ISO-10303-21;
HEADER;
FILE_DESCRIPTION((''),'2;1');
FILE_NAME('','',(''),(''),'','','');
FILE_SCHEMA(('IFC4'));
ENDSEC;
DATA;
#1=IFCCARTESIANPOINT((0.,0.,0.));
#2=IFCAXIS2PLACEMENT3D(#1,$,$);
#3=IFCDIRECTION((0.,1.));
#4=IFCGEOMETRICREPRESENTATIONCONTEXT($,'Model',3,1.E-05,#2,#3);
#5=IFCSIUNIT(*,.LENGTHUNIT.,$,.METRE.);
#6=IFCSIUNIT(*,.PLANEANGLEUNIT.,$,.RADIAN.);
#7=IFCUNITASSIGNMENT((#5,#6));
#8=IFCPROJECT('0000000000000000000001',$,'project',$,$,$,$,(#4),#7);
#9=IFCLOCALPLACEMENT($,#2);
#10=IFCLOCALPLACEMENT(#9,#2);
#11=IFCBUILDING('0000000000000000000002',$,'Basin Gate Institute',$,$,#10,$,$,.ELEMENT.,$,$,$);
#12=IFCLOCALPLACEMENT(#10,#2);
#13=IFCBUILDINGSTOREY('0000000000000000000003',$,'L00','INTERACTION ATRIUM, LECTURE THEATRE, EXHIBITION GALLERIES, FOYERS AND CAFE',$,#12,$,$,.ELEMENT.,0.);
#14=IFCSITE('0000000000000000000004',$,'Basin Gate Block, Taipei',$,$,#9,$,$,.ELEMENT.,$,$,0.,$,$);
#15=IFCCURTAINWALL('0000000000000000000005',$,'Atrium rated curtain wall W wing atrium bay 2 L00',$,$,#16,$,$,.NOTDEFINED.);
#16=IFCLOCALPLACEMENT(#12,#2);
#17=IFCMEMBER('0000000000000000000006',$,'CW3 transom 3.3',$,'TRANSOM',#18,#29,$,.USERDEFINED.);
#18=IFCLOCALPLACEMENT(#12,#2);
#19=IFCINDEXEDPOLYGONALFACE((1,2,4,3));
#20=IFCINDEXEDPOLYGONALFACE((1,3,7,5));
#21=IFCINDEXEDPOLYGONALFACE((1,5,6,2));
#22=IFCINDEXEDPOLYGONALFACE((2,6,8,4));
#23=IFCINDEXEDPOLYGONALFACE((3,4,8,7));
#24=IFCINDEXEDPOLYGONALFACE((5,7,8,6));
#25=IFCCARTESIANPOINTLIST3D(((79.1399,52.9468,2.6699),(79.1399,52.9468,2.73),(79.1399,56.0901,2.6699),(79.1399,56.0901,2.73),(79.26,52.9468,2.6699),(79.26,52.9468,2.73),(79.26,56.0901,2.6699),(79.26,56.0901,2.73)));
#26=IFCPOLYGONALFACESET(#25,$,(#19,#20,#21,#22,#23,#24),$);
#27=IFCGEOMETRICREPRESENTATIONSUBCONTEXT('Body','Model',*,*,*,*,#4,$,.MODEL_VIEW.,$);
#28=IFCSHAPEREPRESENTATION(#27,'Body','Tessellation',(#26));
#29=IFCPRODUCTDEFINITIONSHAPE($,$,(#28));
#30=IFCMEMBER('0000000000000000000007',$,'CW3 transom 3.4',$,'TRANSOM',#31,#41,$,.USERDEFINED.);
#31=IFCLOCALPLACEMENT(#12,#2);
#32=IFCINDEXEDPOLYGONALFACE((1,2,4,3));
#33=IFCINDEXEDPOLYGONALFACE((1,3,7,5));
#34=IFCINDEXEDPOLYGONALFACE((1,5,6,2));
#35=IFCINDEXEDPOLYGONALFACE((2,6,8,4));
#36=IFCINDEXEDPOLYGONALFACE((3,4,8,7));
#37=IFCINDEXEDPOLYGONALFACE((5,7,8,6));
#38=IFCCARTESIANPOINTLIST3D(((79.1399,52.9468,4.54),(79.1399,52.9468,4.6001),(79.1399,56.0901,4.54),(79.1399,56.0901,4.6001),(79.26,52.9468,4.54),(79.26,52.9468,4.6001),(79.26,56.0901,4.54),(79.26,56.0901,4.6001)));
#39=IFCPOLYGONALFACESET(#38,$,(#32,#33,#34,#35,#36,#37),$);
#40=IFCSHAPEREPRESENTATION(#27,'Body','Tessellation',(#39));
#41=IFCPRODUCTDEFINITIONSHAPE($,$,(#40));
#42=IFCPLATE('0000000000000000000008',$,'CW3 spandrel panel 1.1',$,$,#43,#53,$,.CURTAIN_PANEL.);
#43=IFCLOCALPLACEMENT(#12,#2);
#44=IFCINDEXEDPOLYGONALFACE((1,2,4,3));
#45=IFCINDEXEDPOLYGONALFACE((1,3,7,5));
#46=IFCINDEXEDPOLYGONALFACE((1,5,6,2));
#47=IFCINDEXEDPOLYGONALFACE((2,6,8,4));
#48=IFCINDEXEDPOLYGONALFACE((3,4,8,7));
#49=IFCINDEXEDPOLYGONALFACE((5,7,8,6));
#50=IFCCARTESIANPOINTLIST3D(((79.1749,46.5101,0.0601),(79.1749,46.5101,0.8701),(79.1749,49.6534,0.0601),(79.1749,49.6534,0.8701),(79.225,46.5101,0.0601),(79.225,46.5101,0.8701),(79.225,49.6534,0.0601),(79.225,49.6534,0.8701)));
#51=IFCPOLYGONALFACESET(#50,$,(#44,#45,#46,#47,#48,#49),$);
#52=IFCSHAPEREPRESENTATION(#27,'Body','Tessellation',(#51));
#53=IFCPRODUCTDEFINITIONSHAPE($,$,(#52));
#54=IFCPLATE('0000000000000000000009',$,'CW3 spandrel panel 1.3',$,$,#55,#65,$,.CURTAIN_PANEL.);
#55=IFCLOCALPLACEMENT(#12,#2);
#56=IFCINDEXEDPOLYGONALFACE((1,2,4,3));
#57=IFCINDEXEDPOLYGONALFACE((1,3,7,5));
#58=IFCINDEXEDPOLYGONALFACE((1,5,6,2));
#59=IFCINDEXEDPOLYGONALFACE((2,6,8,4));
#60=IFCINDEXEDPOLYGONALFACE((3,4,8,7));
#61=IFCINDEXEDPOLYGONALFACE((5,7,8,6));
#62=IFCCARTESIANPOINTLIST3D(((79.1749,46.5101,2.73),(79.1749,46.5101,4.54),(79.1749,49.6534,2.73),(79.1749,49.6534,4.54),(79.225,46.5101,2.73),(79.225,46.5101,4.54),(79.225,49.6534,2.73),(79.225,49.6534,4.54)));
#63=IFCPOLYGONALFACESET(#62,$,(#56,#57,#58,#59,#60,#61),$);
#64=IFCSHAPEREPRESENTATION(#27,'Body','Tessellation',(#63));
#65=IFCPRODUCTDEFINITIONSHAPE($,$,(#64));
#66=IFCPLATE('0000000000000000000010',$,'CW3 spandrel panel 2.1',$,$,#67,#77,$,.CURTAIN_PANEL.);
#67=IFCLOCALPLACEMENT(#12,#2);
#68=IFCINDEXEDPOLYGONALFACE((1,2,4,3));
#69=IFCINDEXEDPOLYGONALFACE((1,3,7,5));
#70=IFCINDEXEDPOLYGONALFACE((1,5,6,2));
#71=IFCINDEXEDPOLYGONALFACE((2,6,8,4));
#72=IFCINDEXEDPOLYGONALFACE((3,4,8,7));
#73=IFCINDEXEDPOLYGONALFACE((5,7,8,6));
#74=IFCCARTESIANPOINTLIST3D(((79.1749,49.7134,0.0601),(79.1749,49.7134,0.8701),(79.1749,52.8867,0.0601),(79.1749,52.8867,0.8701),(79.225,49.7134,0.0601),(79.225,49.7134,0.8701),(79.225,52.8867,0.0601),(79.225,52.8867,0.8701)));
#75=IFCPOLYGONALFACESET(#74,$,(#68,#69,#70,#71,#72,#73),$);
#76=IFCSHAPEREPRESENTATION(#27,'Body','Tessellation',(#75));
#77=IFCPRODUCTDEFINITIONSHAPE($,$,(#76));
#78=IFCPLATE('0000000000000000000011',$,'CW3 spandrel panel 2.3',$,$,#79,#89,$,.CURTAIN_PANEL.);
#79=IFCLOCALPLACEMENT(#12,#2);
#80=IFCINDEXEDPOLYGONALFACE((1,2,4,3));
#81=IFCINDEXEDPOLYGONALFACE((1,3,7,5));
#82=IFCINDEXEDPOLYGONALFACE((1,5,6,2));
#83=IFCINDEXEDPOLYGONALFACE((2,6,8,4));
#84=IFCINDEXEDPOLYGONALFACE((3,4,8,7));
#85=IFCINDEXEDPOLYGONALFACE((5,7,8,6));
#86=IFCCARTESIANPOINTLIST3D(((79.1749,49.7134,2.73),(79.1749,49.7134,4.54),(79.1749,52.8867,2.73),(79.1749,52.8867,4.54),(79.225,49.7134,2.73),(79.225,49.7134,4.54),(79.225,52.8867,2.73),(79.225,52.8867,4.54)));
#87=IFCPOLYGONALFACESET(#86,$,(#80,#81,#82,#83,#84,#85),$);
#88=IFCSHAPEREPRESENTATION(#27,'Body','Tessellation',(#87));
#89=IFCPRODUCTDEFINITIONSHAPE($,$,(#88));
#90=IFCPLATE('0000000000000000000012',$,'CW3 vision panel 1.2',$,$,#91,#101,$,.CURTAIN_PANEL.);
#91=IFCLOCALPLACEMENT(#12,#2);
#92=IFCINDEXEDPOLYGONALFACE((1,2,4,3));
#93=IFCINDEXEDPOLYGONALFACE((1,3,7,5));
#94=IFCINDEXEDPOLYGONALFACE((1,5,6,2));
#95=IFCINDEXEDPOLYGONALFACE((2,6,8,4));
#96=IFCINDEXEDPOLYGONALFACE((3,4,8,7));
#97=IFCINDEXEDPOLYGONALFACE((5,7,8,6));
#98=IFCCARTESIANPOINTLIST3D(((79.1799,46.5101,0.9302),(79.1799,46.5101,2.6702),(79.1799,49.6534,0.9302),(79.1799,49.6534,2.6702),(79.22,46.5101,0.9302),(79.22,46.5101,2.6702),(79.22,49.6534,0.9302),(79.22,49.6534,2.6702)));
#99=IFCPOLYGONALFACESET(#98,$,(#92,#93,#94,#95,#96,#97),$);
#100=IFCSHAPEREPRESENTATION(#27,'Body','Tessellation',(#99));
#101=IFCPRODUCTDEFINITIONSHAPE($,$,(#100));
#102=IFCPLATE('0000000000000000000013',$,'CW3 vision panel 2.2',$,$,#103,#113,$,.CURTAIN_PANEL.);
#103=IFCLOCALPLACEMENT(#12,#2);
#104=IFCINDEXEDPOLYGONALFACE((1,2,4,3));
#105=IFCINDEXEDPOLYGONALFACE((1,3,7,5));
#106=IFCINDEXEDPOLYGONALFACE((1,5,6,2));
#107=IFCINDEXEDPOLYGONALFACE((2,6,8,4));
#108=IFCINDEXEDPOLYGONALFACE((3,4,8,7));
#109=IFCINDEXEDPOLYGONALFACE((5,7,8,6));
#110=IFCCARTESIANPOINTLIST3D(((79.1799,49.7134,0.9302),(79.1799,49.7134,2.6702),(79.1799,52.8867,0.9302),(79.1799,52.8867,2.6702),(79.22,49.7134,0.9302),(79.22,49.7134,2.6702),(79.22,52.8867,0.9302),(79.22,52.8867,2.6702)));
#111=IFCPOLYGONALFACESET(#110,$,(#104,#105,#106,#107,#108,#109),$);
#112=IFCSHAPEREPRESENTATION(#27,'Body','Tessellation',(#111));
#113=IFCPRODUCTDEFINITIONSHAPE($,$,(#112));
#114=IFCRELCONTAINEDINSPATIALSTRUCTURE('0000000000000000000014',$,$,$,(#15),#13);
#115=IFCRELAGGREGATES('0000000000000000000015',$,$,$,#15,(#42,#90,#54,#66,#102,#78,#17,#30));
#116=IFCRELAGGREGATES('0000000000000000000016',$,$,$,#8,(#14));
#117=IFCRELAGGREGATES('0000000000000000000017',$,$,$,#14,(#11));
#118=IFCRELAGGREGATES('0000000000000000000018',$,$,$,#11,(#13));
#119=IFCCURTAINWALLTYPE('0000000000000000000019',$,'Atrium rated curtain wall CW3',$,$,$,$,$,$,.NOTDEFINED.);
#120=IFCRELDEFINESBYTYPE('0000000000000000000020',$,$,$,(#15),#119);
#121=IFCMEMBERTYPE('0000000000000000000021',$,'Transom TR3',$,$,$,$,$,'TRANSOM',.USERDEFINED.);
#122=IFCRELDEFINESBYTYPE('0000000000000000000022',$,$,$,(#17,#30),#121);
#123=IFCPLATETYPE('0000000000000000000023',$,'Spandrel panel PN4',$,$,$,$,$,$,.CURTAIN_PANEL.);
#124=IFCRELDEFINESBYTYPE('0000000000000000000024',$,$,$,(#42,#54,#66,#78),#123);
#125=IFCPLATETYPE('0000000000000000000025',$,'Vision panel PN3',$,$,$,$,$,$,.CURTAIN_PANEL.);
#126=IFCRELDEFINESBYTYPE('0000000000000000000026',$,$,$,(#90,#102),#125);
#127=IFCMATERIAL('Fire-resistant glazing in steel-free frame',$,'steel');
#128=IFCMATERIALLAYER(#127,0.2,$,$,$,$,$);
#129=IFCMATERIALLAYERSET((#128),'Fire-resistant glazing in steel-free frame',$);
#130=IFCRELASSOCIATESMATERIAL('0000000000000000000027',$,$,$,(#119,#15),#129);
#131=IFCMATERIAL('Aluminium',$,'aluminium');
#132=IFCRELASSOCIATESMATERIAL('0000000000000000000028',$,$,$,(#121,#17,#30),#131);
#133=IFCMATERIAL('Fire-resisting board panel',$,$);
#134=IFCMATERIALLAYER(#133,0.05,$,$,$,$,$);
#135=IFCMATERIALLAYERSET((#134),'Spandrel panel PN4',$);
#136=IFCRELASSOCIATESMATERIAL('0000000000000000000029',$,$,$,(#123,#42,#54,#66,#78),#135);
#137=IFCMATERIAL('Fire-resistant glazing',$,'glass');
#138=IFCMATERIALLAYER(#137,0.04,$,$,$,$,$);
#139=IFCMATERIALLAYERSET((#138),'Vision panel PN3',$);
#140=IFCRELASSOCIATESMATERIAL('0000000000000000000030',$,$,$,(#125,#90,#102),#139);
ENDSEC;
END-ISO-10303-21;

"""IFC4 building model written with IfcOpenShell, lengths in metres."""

from ifc_helpers import new_model, si_unit, direction, frame, origin, origin_2d, place, context, subcontext, project, spatial, rectangle, extrude, material, layer, layer_set, material_profile, profile_set, type_object, element, aggregate, save


model = new_model("IFC4")

# Units and contexts
model_context = context("Model", 3, precision=1e-05, world=origin(), true_north=direction((0.0, 1.0)))
body_context = subcontext(model_context, "Body", "Model", "MODEL_VIEW")
ifc_project = project(units=[si_unit("LENGTHUNIT", "METRE"), si_unit("PLANEANGLEUNIT", "RADIAN")], contexts=[model_context])

# Site, building, storey
site_placement = place(None, origin())
site = spatial("IfcSite", under=ifc_project, at=site_placement, Name="Basin Gate Block, Taipei", CompositionType="ELEMENT", RefElevation=0.0)
building_placement = place(site_placement, origin())
building = spatial("IfcBuilding", under=site, at=building_placement, Name="Basin Gate Institute", CompositionType="ELEMENT")
storey_placement = place(building_placement, origin())
storey = spatial("IfcBuildingStorey", under=building, at=storey_placement, Name="L00", Description="INTERACTION ATRIUM, LECTURE THEATRE, EXHIBITION GALLERIES, FOYERS AND CAFE", CompositionType="ELEMENT", Elevation=0.0)

# Curtain wall, members, plates
ifc_material_1 = material(Name="Fire-resistant glazing in steel-free frame", Category="steel")
ifc_layer_1 = layer(ifc_material_1, 0.2)
ifc_layer_set_1 = layer_set([ifc_layer_1], Name="Fire-resistant glazing in steel-free frame")
curtain_wall_type = type_object("IfcCurtainWallType", Name="Atrium rated curtain wall CW3", PredefinedType="NOTDEFINED", material=ifc_layer_set_1)
curtain_wall_placement = place(storey_placement, origin())
curtain_wall = element("IfcCurtainWall", 1, at=curtain_wall_placement, inside=storey, type_object=curtain_wall_type, material=ifc_layer_set_1, Name="Atrium rated curtain wall W wing atrium bay 2 L00", PredefinedType="NOTDEFINED")
ifc_material_2 = material(Name="Aluminium", Category="aluminium")
ifc_material_profile_1 = material_profile(ifc_material_2, rectangle(XDim=0.1201, YDim=0.0601, at=origin_2d()), Name="Transom TR3 120 x 60")
ifc_profile_set_1 = profile_set([ifc_material_profile_1], Name="Aluminium")
member_type_1 = type_object("IfcMemberType", Name="Transom TR3", ElementType="TRANSOM", PredefinedType="USERDEFINED", material=ifc_profile_set_1)
member_1_placement = place(storey_placement, frame((79.2, 52.9468, 2.7), z_axis=(0.0, 1.0, 0.0), x_axis=(-1.0, 0.0, 0.0)))
member_1 = element("IfcMember", 2, at=member_1_placement, type_object=member_type_1, material=ifc_profile_set_1, Name="CW3 transom 3.3", ObjectType="TRANSOM", PredefinedType="USERDEFINED", context=body_context, shape_type="SweptSolid", body=[
    extrude(rectangle(XDim=0.1201, YDim=0.0601, at=origin_2d()), origin(), (0.0, 0.0, 1.0), 3.1433),
])
member_2_placement = place(storey_placement, frame((79.2, 52.9468, 4.5701), z_axis=(0.0, 1.0, 0.0), x_axis=(-1.0, 0.0, 0.0)))
member_2 = element("IfcMember", 3, at=member_2_placement, type_object=member_type_1, material=ifc_profile_set_1, Name="CW3 transom 3.4", ObjectType="TRANSOM", PredefinedType="USERDEFINED", context=body_context, shape_type="SweptSolid", body=[
    extrude(rectangle(XDim=0.1201, YDim=0.0601, at=origin_2d()), origin(), (0.0, 0.0, 1.0), 3.1433),
])
ifc_material_3 = material(Name="Fire-resisting board panel")
ifc_layer_2 = layer(ifc_material_3, 0.05)
ifc_layer_set_2 = layer_set([ifc_layer_2], Name="Spandrel panel PN4")
plate_type_1 = type_object("IfcPlateType", Name="Spandrel panel PN4", PredefinedType="CURTAIN_PANEL", material=ifc_layer_set_2)
plate_1_placement = place(storey_placement, frame((79.2, 48.0818, 0.0601), z_axis=(0.0, 0.0, 1.0), x_axis=(0.0, 1.0, 0.0)))
plate_1 = element("IfcPlate", 4, at=plate_1_placement, type_object=plate_type_1, material=ifc_layer_set_2, Name="CW3 spandrel panel 1.1", PredefinedType="CURTAIN_PANEL", context=body_context, shape_type="SweptSolid", body=[
    extrude(rectangle(XDim=3.1433, YDim=0.05, at=origin_2d()), origin(), (0.0, 0.0, 1.0), 0.8101),
])
plate_2_placement = place(storey_placement, frame((79.2, 48.0818, 2.73), z_axis=(0.0, 0.0, 1.0), x_axis=(0.0, 1.0, 0.0)))
plate_2 = element("IfcPlate", 5, at=plate_2_placement, type_object=plate_type_1, material=ifc_layer_set_2, Name="CW3 spandrel panel 1.3", PredefinedType="CURTAIN_PANEL", context=body_context, shape_type="SweptSolid", body=[
    extrude(rectangle(XDim=3.1433, YDim=0.05, at=origin_2d()), origin(), (0.0, 0.0, 1.0), 1.8101),
])
plate_3_placement = place(storey_placement, frame((79.2, 51.3, 0.0601), z_axis=(0.0, 0.0, 1.0), x_axis=(0.0, 1.0, 0.0)))
plate_3 = element("IfcPlate", 6, at=plate_3_placement, type_object=plate_type_1, material=ifc_layer_set_2, Name="CW3 spandrel panel 2.1", PredefinedType="CURTAIN_PANEL", context=body_context, shape_type="SweptSolid", body=[
    extrude(rectangle(XDim=3.1733, YDim=0.05, at=origin_2d()), origin(), (0.0, 0.0, 1.0), 0.8101),
])
plate_4_placement = place(storey_placement, frame((79.2, 51.3, 2.73), z_axis=(0.0, 0.0, 1.0), x_axis=(0.0, 1.0, 0.0)))
plate_4 = element("IfcPlate", 7, at=plate_4_placement, type_object=plate_type_1, material=ifc_layer_set_2, Name="CW3 spandrel panel 2.3", PredefinedType="CURTAIN_PANEL", context=body_context, shape_type="SweptSolid", body=[
    extrude(rectangle(XDim=3.1733, YDim=0.05, at=origin_2d()), origin(), (0.0, 0.0, 1.0), 1.8101),
])
ifc_material_4 = material(Name="Fire-resistant glazing", Category="glass")
ifc_layer_3 = layer(ifc_material_4, 0.04)
ifc_layer_set_3 = layer_set([ifc_layer_3], Name="Vision panel PN3")
plate_type_2 = type_object("IfcPlateType", Name="Vision panel PN3", PredefinedType="CURTAIN_PANEL", material=ifc_layer_set_3)
plate_5_placement = place(storey_placement, frame((79.2, 48.0818, 0.9302), z_axis=(0.0, 0.0, 1.0), x_axis=(0.0, 1.0, 0.0)))
plate_5 = element("IfcPlate", 8, at=plate_5_placement, type_object=plate_type_2, material=ifc_layer_set_3, Name="CW3 vision panel 1.2", PredefinedType="CURTAIN_PANEL", context=body_context, shape_type="SweptSolid", body=[
    extrude(rectangle(XDim=3.1433, YDim=0.04, at=origin_2d()), origin(), (0.0, 0.0, 1.0), 1.74),
])
plate_6_placement = place(storey_placement, frame((79.2, 51.3, 0.9302), z_axis=(0.0, 0.0, 1.0), x_axis=(0.0, 1.0, 0.0)))
plate_6 = element("IfcPlate", 9, at=plate_6_placement, type_object=plate_type_2, material=ifc_layer_set_3, Name="CW3 vision panel 2.2", PredefinedType="CURTAIN_PANEL", context=body_context, shape_type="SweptSolid", body=[
    extrude(rectangle(XDim=3.1733, YDim=0.04, at=origin_2d()), origin(), (0.0, 0.0, 1.0), 1.74),
])
aggregate(curtain_wall, [plate_1, plate_5, plate_2, plate_3, plate_6, plate_4, member_1, member_2])

save(model, "model.ifc")
